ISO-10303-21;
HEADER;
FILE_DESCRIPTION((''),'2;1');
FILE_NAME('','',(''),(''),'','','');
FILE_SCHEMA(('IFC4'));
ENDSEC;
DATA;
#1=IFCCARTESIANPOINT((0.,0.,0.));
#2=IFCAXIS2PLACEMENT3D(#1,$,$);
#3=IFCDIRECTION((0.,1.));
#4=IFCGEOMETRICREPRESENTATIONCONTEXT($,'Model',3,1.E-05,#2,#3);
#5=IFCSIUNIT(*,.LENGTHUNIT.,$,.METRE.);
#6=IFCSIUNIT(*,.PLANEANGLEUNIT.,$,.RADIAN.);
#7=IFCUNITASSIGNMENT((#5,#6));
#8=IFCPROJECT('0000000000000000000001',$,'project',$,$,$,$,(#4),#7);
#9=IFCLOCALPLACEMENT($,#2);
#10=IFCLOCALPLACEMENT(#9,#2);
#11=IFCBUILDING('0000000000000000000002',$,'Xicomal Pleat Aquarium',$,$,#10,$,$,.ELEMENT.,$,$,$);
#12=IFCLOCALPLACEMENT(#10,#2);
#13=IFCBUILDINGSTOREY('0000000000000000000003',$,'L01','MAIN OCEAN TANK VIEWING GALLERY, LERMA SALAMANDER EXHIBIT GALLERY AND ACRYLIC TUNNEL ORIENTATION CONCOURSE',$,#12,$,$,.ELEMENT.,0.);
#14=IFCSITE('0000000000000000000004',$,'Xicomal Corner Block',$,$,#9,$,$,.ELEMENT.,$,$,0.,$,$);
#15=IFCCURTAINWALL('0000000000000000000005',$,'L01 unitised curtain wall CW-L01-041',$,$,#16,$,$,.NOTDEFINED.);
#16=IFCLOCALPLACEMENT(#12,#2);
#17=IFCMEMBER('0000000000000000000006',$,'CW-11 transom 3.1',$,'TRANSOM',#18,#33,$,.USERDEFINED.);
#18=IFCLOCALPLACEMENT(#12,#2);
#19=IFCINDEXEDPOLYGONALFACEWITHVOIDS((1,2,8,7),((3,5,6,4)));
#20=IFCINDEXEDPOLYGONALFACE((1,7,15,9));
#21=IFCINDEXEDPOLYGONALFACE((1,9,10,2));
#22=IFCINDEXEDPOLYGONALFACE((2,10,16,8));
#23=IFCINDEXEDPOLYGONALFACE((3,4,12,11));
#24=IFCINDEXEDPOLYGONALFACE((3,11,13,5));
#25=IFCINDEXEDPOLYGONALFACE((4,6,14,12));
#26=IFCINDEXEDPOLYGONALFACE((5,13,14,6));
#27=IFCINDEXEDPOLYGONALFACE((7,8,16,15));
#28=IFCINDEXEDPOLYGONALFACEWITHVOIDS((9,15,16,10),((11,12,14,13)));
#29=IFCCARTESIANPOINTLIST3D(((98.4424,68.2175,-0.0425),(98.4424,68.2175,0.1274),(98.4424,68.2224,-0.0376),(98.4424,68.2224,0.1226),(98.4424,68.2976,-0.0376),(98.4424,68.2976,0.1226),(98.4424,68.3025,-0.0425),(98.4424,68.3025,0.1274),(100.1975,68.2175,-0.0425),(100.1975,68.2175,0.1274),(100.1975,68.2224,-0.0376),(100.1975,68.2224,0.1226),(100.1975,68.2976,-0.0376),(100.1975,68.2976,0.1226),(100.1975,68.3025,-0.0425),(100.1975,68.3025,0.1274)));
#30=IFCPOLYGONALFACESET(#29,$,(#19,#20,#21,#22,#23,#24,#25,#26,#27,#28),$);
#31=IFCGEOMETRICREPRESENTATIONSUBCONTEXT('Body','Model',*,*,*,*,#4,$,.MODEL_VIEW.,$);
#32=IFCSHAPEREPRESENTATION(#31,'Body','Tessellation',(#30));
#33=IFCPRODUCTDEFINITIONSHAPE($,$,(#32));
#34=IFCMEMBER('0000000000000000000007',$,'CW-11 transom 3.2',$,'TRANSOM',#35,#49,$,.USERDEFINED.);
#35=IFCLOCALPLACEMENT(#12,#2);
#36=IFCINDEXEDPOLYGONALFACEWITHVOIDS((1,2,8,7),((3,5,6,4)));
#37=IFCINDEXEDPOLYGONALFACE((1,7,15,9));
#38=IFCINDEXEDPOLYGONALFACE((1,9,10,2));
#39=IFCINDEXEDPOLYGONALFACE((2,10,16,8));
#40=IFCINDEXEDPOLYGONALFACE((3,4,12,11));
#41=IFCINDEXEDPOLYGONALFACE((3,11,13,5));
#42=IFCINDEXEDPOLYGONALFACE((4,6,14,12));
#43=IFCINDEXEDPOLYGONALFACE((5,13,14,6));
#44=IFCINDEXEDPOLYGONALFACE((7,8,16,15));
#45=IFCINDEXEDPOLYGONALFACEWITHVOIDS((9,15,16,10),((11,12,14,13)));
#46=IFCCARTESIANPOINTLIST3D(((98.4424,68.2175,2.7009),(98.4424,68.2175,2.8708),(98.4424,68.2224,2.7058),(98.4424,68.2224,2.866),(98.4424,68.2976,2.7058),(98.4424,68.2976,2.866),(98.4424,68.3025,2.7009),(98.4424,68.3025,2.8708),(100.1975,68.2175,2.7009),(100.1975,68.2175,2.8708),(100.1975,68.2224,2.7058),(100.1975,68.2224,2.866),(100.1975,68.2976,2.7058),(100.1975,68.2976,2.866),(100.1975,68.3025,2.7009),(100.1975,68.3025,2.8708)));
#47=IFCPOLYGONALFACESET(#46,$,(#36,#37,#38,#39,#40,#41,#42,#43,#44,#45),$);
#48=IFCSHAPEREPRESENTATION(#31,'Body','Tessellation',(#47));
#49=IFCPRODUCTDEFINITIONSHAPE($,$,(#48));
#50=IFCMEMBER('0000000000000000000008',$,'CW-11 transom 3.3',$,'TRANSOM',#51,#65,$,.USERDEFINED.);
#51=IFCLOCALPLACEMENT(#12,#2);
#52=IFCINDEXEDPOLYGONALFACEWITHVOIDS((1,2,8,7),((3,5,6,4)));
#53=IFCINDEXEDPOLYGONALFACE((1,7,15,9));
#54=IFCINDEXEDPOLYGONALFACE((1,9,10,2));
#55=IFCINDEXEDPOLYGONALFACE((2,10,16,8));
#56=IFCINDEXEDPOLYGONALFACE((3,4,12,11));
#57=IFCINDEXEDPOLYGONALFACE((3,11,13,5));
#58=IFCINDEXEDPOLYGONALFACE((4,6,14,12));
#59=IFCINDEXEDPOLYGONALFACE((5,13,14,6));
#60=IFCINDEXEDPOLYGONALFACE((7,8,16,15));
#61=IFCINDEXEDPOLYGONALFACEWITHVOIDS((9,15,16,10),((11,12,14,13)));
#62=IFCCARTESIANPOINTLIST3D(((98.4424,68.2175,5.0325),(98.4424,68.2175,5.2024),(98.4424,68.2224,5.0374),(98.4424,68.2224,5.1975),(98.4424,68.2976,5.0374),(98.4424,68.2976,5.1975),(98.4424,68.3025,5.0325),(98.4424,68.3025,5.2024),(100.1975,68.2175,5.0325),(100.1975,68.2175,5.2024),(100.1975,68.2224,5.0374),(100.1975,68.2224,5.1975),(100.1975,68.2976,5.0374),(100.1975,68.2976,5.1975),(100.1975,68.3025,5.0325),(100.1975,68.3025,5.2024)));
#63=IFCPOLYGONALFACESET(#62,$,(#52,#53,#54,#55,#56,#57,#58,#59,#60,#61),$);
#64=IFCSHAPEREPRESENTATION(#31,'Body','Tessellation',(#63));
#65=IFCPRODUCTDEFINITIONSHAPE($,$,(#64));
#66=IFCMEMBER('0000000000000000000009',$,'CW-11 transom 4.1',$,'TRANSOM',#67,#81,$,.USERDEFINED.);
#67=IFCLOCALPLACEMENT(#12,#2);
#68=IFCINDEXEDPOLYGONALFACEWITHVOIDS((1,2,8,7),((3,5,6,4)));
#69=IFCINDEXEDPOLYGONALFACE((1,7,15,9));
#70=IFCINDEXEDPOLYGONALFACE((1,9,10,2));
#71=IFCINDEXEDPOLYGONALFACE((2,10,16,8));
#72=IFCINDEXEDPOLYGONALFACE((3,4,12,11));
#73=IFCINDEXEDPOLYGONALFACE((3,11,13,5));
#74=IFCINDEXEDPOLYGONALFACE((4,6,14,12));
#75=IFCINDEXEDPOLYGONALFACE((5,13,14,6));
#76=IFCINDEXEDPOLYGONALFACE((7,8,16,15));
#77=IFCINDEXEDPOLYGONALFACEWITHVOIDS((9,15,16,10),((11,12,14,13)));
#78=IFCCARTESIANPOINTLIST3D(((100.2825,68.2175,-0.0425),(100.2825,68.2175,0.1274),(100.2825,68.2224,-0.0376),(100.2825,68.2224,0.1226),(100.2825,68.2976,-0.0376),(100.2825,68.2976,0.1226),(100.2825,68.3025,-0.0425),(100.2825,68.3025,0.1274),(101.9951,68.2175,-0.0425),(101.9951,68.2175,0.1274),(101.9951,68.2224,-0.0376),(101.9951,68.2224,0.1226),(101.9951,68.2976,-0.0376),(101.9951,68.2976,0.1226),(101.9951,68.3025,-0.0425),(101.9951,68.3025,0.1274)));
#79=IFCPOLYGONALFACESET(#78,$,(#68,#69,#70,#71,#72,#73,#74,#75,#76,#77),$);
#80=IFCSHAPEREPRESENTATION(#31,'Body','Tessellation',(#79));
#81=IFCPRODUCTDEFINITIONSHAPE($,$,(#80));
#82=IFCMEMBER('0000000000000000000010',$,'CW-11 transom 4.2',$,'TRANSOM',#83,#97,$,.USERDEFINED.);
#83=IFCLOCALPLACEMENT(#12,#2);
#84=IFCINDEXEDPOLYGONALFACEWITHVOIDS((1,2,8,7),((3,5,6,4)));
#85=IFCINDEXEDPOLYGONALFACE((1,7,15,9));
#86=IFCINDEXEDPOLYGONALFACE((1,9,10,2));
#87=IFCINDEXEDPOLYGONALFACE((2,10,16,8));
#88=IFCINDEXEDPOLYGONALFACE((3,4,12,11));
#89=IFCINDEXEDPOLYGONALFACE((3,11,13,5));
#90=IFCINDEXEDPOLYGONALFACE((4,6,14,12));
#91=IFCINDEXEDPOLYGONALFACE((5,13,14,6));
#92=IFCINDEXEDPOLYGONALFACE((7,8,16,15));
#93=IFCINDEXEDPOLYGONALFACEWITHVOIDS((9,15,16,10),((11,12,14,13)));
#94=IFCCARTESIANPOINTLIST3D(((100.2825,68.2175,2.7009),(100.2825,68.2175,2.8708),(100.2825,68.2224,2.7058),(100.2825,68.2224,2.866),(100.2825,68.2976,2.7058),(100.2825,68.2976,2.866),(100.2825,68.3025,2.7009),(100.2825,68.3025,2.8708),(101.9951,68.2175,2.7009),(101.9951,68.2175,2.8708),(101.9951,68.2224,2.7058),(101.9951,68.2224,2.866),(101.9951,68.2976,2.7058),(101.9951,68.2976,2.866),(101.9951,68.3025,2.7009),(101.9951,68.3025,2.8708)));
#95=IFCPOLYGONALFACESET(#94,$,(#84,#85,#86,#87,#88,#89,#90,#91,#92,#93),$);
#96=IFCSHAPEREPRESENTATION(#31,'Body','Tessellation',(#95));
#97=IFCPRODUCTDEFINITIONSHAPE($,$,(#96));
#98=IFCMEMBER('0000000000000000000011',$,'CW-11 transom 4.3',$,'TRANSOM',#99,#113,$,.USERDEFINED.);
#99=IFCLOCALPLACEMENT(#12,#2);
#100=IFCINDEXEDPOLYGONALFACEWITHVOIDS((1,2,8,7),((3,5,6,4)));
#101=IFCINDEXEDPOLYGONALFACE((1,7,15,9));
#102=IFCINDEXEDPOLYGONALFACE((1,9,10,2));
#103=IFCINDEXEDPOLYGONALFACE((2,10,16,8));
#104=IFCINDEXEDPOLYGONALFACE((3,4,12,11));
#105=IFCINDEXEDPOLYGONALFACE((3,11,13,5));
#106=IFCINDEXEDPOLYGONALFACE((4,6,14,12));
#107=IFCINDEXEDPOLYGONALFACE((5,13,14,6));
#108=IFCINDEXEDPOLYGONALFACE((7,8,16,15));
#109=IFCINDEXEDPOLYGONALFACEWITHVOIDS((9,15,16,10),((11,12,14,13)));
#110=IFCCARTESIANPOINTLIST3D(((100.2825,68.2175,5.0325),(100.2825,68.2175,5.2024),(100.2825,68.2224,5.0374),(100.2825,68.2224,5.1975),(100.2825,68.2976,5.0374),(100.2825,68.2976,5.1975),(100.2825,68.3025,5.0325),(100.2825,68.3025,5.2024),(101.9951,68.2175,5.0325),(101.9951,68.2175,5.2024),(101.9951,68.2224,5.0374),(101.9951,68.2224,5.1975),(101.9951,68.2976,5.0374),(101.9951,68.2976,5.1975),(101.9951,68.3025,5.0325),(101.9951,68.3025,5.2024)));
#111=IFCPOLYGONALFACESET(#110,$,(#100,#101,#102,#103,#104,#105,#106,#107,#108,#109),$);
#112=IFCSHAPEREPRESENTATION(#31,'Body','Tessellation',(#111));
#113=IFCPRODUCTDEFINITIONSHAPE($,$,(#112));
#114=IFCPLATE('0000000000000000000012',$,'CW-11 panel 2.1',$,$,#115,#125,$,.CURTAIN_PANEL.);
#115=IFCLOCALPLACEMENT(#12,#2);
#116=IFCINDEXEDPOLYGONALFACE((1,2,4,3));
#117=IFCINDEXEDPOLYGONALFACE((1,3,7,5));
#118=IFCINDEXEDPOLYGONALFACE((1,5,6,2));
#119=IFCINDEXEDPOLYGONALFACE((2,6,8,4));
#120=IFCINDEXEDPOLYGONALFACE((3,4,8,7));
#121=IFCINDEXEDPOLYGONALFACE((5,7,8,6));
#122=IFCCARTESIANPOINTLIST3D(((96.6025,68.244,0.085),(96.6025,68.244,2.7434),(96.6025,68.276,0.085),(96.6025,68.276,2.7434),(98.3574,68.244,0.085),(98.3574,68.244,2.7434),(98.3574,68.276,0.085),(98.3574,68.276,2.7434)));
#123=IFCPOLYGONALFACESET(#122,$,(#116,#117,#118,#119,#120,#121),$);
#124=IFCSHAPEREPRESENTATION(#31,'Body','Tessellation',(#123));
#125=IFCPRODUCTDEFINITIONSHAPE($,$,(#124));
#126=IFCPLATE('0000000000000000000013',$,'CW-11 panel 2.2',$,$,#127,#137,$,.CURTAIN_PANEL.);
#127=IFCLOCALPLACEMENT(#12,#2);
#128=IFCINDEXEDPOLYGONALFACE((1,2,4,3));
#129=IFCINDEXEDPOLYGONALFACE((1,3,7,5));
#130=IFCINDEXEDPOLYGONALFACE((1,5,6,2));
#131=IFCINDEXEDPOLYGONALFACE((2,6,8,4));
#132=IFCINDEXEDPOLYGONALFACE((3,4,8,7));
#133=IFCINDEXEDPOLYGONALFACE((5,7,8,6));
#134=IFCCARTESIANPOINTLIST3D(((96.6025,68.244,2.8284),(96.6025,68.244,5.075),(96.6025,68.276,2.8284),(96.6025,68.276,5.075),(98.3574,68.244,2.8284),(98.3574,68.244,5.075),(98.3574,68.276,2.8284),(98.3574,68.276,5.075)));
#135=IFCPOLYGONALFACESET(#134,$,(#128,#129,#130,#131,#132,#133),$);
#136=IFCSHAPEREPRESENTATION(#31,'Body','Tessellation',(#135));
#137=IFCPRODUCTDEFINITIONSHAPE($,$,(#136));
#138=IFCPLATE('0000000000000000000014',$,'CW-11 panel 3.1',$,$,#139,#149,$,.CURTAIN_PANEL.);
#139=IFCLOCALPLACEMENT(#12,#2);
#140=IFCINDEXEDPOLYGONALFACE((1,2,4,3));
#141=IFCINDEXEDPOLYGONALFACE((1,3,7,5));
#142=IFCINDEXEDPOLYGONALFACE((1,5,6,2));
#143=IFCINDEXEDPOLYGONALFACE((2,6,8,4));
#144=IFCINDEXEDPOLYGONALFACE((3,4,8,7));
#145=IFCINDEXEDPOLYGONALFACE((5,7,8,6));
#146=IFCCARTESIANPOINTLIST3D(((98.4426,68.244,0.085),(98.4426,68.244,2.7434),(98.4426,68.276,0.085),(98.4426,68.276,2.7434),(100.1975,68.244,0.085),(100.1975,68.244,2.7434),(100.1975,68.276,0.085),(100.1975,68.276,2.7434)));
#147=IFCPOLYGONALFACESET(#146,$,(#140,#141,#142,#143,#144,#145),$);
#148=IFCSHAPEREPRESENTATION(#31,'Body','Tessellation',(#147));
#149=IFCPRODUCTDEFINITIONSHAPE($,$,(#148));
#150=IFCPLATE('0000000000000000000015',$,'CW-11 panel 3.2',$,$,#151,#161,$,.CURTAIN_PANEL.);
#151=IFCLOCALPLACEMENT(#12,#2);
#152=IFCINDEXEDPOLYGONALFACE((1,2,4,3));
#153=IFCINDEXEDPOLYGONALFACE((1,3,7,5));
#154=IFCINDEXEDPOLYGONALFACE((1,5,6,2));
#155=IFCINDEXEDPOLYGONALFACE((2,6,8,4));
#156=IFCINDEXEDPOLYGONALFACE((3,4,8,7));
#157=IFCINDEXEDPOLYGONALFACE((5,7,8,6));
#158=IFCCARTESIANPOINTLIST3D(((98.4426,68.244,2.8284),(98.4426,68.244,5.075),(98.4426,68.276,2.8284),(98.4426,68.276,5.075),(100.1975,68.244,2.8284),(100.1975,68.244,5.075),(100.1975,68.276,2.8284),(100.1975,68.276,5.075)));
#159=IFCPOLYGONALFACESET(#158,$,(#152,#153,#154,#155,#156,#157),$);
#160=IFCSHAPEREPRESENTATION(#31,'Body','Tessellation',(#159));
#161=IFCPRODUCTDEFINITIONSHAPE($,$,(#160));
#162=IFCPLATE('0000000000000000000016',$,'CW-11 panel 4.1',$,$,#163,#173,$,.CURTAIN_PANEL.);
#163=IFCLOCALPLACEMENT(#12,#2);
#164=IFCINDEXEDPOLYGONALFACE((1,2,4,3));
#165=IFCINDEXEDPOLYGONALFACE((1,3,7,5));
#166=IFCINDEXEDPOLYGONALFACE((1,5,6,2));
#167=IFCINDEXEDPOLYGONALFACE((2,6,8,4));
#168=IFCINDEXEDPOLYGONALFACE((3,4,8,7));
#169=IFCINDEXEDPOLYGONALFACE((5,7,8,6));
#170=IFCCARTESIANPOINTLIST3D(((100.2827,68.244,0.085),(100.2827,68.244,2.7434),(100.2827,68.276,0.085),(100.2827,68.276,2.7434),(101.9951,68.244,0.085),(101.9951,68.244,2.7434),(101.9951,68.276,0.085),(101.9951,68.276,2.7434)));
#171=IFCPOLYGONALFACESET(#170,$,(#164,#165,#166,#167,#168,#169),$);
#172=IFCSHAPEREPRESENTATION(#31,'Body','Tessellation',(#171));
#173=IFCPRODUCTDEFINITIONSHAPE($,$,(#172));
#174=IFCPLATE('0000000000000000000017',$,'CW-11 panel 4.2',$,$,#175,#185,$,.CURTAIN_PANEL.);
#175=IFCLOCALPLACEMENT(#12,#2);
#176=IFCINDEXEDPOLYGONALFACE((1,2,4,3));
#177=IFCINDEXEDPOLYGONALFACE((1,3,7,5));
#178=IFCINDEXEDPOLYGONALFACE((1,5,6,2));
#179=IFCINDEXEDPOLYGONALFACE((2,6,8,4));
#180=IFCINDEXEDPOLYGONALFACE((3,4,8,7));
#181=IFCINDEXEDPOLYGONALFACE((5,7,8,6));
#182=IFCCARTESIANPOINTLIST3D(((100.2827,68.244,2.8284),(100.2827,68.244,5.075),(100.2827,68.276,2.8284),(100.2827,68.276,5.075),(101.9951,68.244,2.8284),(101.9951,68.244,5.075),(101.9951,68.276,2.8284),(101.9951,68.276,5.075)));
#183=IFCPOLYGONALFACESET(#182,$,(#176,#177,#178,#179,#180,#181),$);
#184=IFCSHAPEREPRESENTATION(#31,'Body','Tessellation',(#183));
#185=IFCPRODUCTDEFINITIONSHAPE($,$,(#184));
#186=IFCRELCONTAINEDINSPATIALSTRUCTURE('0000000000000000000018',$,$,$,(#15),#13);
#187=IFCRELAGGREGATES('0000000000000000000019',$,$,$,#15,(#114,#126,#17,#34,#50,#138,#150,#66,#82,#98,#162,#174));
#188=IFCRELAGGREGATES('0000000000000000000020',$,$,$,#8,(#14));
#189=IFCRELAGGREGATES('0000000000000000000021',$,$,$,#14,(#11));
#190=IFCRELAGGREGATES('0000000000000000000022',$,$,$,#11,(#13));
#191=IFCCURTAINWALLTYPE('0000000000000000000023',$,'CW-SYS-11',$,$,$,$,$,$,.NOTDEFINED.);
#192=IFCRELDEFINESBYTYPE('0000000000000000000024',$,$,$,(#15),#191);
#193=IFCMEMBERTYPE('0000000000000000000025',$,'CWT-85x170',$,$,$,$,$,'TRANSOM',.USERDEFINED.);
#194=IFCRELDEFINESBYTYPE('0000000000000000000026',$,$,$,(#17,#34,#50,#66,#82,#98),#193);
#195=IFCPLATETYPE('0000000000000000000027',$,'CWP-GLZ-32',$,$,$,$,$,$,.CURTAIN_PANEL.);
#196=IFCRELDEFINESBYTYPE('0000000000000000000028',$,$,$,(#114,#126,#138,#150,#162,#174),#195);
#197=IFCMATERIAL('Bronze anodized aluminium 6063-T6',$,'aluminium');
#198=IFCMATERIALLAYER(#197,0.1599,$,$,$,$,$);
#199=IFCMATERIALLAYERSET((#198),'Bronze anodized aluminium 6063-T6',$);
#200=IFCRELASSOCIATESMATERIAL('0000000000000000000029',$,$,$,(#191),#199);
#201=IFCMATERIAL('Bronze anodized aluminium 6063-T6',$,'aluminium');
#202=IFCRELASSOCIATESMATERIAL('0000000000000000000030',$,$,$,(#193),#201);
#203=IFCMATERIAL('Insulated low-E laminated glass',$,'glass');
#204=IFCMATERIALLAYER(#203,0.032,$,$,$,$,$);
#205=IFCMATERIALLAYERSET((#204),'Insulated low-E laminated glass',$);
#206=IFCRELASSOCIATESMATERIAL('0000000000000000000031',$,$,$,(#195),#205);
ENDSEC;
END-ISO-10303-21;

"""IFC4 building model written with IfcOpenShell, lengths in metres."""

from ifc_helpers import new_model, si_unit, direction, frame, origin, origin_2d, place, context, subcontext, project, spatial, rectangle, hollow_rectangle, extrude, material, layer, layer_set, material_profile, profile_set, type_object, element, aggregate, save


model = new_model("IFC4")

# Units and contexts
model_context = context("Model", 3, precision=1e-05, world=origin(), true_north=direction((0.0, 1.0)))
body_context = subcontext(model_context, "Body", "Model", "MODEL_VIEW")
ifc_project = project(units=[si_unit("LENGTHUNIT", "METRE"), si_unit("PLANEANGLEUNIT", "RADIAN")], contexts=[model_context])

# Site, building, storey
site_placement = place(None, origin())
site = spatial("IfcSite", under=ifc_project, at=site_placement, Name="Xicomal Corner Block", CompositionType="ELEMENT", RefElevation=0.0)
building_placement = place(site_placement, origin())
building = spatial("IfcBuilding", under=site, at=building_placement, Name="Xicomal Pleat Aquarium", CompositionType="ELEMENT")
storey_placement = place(building_placement, origin())
storey = spatial("IfcBuildingStorey", under=building, at=storey_placement, Name="L01", Description="MAIN OCEAN TANK VIEWING GALLERY, LERMA SALAMANDER EXHIBIT GALLERY AND ACRYLIC TUNNEL ORIENTATION CONCOURSE", CompositionType="ELEMENT", Elevation=0.0)

# Curtain wall, members, plates
ifc_material_1 = material(Name="Bronze anodized aluminium 6063-T6", Category="aluminium")
ifc_layer_1 = layer(ifc_material_1, 0.1599)
ifc_layer_set_1 = layer_set([ifc_layer_1], Name="Bronze anodized aluminium 6063-T6")
curtain_wall_type = type_object("IfcCurtainWallType", Name="CW-SYS-11", PredefinedType="NOTDEFINED", material=ifc_layer_set_1)
curtain_wall_placement = place(storey_placement, origin())
curtain_wall = element("IfcCurtainWall", 1, at=curtain_wall_placement, inside=storey, type_object=curtain_wall_type, Name="L01 unitised curtain wall CW-L01-041", PredefinedType="NOTDEFINED")
ifc_material_2 = material(Name="Bronze anodized aluminium 6063-T6", Category="aluminium")
ifc_material_profile_1 = material_profile(ifc_material_2, hollow_rectangle(XDim=0.085, YDim=0.1699, WallThickness=0.0049, at=origin_2d()), Name="ALU TRAN 85x170")
ifc_profile_set_1 = profile_set([ifc_material_profile_1], Name="Bronze anodized aluminium 6063-T6")
member_type_1 = type_object("IfcMemberType", Name="CWT-85x170", ElementType="TRANSOM", PredefinedType="USERDEFINED", material=ifc_profile_set_1)
member_1_placement = place(storey_placement, frame((98.4424, 68.26, 0.0425), z_axis=(1.0, 0.0, 0.0), x_axis=(0.0, 1.0, 0.0)))
member_1 = element("IfcMember", 2, at=member_1_placement, type_object=member_type_1, Name="CW-11 transom 3.1", ObjectType="TRANSOM", PredefinedType="USERDEFINED", context=body_context, shape_type="SweptSolid", body=[
    extrude(hollow_rectangle(XDim=0.085, YDim=0.1699, WallThickness=0.0049, at=origin_2d()), origin(), (0.0, 0.0, 1.0), 1.7551),
])
member_2_placement = place(storey_placement, frame((98.4424, 68.26, 2.7859), z_axis=(1.0, 0.0, 0.0), x_axis=(0.0, 1.0, 0.0)))
member_2 = element("IfcMember", 3, at=member_2_placement, type_object=member_type_1, Name="CW-11 transom 3.2", ObjectType="TRANSOM", PredefinedType="USERDEFINED", context=body_context, shape_type="SweptSolid", body=[
    extrude(hollow_rectangle(XDim=0.085, YDim=0.1699, WallThickness=0.0049, at=origin_2d()), origin(), (0.0, 0.0, 1.0), 1.7551),
])
member_3_placement = place(storey_placement, frame((98.4424, 68.26, 5.1174), z_axis=(1.0, 0.0, 0.0), x_axis=(0.0, 1.0, 0.0)))
member_3 = element("IfcMember", 4, at=member_3_placement, type_object=member_type_1, Name="CW-11 transom 3.3", ObjectType="TRANSOM", PredefinedType="USERDEFINED", context=body_context, shape_type="SweptSolid", body=[
    extrude(hollow_rectangle(XDim=0.085, YDim=0.1699, WallThickness=0.0049, at=origin_2d()), origin(), (0.0, 0.0, 1.0), 1.7551),
])
member_4_placement = place(storey_placement, frame((100.2825, 68.26, 0.0425), z_axis=(1.0, 0.0, 0.0), x_axis=(0.0, 1.0, 0.0)))
member_4 = element("IfcMember", 5, at=member_4_placement, type_object=member_type_1, Name="CW-11 transom 4.1", ObjectType="TRANSOM", PredefinedType="USERDEFINED", context=body_context, shape_type="SweptSolid", body=[
    extrude(hollow_rectangle(XDim=0.085, YDim=0.1699, WallThickness=0.0049, at=origin_2d()), origin(), (0.0, 0.0, 1.0), 1.7126),
])
member_5_placement = place(storey_placement, frame((100.2825, 68.26, 2.7859), z_axis=(1.0, 0.0, 0.0), x_axis=(0.0, 1.0, 0.0)))
member_5 = element("IfcMember", 6, at=member_5_placement, type_object=member_type_1, Name="CW-11 transom 4.2", ObjectType="TRANSOM", PredefinedType="USERDEFINED", context=body_context, shape_type="SweptSolid", body=[
    extrude(hollow_rectangle(XDim=0.085, YDim=0.1699, WallThickness=0.0049, at=origin_2d()), origin(), (0.0, 0.0, 1.0), 1.7126),
])
member_6_placement = place(storey_placement, frame((100.2825, 68.26, 5.1174), z_axis=(1.0, 0.0, 0.0), x_axis=(0.0, 1.0, 0.0)))
member_6 = element("IfcMember", 7, at=member_6_placement, type_object=member_type_1, Name="CW-11 transom 4.3", ObjectType="TRANSOM", PredefinedType="USERDEFINED", context=body_context, shape_type="SweptSolid", body=[
    extrude(hollow_rectangle(XDim=0.085, YDim=0.1699, WallThickness=0.0049, at=origin_2d()), origin(), (0.0, 0.0, 1.0), 1.7126),
])
ifc_material_3 = material(Name="Insulated low-E laminated glass", Category="glass")
ifc_layer_2 = layer(ifc_material_3, 0.032)
ifc_layer_set_2 = layer_set([ifc_layer_2], Name="Insulated low-E laminated glass")
plate_type = type_object("IfcPlateType", Name="CWP-GLZ-32", PredefinedType="CURTAIN_PANEL", material=ifc_layer_set_2)
plate_1_placement = place(storey_placement, frame((97.48, 68.26, 0.085), z_axis=(0.0, 0.0, 1.0), x_axis=(1.0, 0.0, 0.0)))
plate_1 = element("IfcPlate", 8, at=plate_1_placement, type_object=plate_type, Name="CW-11 panel 2.1", PredefinedType="CURTAIN_PANEL", context=body_context, shape_type="SweptSolid", body=[
    extrude(rectangle(XDim=1.7549, YDim=0.032, at=origin_2d()), origin(), (0.0, 0.0, 1.0), 2.6584),
])
plate_2_placement = place(storey_placement, frame((97.48, 68.26, 2.8284), z_axis=(0.0, 0.0, 1.0), x_axis=(1.0, 0.0, 0.0)))
plate_2 = element("IfcPlate", 9, at=plate_2_placement, type_object=plate_type, Name="CW-11 panel 2.2", PredefinedType="CURTAIN_PANEL", context=body_context, shape_type="SweptSolid", body=[
    extrude(rectangle(XDim=1.7549, YDim=0.032, at=origin_2d()), origin(), (0.0, 0.0, 1.0), 2.2466),
])
plate_3_placement = place(storey_placement, frame((99.3201, 68.26, 0.085), z_axis=(0.0, 0.0, 1.0), x_axis=(1.0, 0.0, 0.0)))
plate_3 = element("IfcPlate", 10, at=plate_3_placement, type_object=plate_type, Name="CW-11 panel 3.1", PredefinedType="CURTAIN_PANEL", context=body_context, shape_type="SweptSolid", body=[
    extrude(rectangle(XDim=1.7549, YDim=0.032, at=origin_2d()), origin(), (0.0, 0.0, 1.0), 2.6584),
])
plate_4_placement = place(storey_placement, frame((99.3201, 68.26, 2.8284), z_axis=(0.0, 0.0, 1.0), x_axis=(1.0, 0.0, 0.0)))
plate_4 = element("IfcPlate", 11, at=plate_4_placement, type_object=plate_type, Name="CW-11 panel 3.2", PredefinedType="CURTAIN_PANEL", context=body_context, shape_type="SweptSolid", body=[
    extrude(rectangle(XDim=1.7549, YDim=0.032, at=origin_2d()), origin(), (0.0, 0.0, 1.0), 2.2466),
])
plate_5_placement = place(storey_placement, frame((101.1389, 68.26, 0.085), z_axis=(0.0, 0.0, 1.0), x_axis=(1.0, 0.0, 0.0)))
plate_5 = element("IfcPlate", 12, at=plate_5_placement, type_object=plate_type, Name="CW-11 panel 4.1", PredefinedType="CURTAIN_PANEL", context=body_context, shape_type="SweptSolid", body=[
    extrude(rectangle(XDim=1.7124, YDim=0.032, at=origin_2d()), origin(), (0.0, 0.0, 1.0), 2.6584),
])
plate_6_placement = place(storey_placement, frame((101.1389, 68.26, 2.8284), z_axis=(0.0, 0.0, 1.0), x_axis=(1.0, 0.0, 0.0)))
plate_6 = element("IfcPlate", 13, at=plate_6_placement, type_object=plate_type, Name="CW-11 panel 4.2", PredefinedType="CURTAIN_PANEL", context=body_context, shape_type="SweptSolid", body=[
    extrude(rectangle(XDim=1.7124, YDim=0.032, at=origin_2d()), origin(), (0.0, 0.0, 1.0), 2.2466),
])
aggregate(curtain_wall, [plate_1, plate_2, member_1, member_2, member_3, plate_3, plate_4, member_4, member_5, member_6, plate_5, plate_6])

save(model, "model.ifc")
